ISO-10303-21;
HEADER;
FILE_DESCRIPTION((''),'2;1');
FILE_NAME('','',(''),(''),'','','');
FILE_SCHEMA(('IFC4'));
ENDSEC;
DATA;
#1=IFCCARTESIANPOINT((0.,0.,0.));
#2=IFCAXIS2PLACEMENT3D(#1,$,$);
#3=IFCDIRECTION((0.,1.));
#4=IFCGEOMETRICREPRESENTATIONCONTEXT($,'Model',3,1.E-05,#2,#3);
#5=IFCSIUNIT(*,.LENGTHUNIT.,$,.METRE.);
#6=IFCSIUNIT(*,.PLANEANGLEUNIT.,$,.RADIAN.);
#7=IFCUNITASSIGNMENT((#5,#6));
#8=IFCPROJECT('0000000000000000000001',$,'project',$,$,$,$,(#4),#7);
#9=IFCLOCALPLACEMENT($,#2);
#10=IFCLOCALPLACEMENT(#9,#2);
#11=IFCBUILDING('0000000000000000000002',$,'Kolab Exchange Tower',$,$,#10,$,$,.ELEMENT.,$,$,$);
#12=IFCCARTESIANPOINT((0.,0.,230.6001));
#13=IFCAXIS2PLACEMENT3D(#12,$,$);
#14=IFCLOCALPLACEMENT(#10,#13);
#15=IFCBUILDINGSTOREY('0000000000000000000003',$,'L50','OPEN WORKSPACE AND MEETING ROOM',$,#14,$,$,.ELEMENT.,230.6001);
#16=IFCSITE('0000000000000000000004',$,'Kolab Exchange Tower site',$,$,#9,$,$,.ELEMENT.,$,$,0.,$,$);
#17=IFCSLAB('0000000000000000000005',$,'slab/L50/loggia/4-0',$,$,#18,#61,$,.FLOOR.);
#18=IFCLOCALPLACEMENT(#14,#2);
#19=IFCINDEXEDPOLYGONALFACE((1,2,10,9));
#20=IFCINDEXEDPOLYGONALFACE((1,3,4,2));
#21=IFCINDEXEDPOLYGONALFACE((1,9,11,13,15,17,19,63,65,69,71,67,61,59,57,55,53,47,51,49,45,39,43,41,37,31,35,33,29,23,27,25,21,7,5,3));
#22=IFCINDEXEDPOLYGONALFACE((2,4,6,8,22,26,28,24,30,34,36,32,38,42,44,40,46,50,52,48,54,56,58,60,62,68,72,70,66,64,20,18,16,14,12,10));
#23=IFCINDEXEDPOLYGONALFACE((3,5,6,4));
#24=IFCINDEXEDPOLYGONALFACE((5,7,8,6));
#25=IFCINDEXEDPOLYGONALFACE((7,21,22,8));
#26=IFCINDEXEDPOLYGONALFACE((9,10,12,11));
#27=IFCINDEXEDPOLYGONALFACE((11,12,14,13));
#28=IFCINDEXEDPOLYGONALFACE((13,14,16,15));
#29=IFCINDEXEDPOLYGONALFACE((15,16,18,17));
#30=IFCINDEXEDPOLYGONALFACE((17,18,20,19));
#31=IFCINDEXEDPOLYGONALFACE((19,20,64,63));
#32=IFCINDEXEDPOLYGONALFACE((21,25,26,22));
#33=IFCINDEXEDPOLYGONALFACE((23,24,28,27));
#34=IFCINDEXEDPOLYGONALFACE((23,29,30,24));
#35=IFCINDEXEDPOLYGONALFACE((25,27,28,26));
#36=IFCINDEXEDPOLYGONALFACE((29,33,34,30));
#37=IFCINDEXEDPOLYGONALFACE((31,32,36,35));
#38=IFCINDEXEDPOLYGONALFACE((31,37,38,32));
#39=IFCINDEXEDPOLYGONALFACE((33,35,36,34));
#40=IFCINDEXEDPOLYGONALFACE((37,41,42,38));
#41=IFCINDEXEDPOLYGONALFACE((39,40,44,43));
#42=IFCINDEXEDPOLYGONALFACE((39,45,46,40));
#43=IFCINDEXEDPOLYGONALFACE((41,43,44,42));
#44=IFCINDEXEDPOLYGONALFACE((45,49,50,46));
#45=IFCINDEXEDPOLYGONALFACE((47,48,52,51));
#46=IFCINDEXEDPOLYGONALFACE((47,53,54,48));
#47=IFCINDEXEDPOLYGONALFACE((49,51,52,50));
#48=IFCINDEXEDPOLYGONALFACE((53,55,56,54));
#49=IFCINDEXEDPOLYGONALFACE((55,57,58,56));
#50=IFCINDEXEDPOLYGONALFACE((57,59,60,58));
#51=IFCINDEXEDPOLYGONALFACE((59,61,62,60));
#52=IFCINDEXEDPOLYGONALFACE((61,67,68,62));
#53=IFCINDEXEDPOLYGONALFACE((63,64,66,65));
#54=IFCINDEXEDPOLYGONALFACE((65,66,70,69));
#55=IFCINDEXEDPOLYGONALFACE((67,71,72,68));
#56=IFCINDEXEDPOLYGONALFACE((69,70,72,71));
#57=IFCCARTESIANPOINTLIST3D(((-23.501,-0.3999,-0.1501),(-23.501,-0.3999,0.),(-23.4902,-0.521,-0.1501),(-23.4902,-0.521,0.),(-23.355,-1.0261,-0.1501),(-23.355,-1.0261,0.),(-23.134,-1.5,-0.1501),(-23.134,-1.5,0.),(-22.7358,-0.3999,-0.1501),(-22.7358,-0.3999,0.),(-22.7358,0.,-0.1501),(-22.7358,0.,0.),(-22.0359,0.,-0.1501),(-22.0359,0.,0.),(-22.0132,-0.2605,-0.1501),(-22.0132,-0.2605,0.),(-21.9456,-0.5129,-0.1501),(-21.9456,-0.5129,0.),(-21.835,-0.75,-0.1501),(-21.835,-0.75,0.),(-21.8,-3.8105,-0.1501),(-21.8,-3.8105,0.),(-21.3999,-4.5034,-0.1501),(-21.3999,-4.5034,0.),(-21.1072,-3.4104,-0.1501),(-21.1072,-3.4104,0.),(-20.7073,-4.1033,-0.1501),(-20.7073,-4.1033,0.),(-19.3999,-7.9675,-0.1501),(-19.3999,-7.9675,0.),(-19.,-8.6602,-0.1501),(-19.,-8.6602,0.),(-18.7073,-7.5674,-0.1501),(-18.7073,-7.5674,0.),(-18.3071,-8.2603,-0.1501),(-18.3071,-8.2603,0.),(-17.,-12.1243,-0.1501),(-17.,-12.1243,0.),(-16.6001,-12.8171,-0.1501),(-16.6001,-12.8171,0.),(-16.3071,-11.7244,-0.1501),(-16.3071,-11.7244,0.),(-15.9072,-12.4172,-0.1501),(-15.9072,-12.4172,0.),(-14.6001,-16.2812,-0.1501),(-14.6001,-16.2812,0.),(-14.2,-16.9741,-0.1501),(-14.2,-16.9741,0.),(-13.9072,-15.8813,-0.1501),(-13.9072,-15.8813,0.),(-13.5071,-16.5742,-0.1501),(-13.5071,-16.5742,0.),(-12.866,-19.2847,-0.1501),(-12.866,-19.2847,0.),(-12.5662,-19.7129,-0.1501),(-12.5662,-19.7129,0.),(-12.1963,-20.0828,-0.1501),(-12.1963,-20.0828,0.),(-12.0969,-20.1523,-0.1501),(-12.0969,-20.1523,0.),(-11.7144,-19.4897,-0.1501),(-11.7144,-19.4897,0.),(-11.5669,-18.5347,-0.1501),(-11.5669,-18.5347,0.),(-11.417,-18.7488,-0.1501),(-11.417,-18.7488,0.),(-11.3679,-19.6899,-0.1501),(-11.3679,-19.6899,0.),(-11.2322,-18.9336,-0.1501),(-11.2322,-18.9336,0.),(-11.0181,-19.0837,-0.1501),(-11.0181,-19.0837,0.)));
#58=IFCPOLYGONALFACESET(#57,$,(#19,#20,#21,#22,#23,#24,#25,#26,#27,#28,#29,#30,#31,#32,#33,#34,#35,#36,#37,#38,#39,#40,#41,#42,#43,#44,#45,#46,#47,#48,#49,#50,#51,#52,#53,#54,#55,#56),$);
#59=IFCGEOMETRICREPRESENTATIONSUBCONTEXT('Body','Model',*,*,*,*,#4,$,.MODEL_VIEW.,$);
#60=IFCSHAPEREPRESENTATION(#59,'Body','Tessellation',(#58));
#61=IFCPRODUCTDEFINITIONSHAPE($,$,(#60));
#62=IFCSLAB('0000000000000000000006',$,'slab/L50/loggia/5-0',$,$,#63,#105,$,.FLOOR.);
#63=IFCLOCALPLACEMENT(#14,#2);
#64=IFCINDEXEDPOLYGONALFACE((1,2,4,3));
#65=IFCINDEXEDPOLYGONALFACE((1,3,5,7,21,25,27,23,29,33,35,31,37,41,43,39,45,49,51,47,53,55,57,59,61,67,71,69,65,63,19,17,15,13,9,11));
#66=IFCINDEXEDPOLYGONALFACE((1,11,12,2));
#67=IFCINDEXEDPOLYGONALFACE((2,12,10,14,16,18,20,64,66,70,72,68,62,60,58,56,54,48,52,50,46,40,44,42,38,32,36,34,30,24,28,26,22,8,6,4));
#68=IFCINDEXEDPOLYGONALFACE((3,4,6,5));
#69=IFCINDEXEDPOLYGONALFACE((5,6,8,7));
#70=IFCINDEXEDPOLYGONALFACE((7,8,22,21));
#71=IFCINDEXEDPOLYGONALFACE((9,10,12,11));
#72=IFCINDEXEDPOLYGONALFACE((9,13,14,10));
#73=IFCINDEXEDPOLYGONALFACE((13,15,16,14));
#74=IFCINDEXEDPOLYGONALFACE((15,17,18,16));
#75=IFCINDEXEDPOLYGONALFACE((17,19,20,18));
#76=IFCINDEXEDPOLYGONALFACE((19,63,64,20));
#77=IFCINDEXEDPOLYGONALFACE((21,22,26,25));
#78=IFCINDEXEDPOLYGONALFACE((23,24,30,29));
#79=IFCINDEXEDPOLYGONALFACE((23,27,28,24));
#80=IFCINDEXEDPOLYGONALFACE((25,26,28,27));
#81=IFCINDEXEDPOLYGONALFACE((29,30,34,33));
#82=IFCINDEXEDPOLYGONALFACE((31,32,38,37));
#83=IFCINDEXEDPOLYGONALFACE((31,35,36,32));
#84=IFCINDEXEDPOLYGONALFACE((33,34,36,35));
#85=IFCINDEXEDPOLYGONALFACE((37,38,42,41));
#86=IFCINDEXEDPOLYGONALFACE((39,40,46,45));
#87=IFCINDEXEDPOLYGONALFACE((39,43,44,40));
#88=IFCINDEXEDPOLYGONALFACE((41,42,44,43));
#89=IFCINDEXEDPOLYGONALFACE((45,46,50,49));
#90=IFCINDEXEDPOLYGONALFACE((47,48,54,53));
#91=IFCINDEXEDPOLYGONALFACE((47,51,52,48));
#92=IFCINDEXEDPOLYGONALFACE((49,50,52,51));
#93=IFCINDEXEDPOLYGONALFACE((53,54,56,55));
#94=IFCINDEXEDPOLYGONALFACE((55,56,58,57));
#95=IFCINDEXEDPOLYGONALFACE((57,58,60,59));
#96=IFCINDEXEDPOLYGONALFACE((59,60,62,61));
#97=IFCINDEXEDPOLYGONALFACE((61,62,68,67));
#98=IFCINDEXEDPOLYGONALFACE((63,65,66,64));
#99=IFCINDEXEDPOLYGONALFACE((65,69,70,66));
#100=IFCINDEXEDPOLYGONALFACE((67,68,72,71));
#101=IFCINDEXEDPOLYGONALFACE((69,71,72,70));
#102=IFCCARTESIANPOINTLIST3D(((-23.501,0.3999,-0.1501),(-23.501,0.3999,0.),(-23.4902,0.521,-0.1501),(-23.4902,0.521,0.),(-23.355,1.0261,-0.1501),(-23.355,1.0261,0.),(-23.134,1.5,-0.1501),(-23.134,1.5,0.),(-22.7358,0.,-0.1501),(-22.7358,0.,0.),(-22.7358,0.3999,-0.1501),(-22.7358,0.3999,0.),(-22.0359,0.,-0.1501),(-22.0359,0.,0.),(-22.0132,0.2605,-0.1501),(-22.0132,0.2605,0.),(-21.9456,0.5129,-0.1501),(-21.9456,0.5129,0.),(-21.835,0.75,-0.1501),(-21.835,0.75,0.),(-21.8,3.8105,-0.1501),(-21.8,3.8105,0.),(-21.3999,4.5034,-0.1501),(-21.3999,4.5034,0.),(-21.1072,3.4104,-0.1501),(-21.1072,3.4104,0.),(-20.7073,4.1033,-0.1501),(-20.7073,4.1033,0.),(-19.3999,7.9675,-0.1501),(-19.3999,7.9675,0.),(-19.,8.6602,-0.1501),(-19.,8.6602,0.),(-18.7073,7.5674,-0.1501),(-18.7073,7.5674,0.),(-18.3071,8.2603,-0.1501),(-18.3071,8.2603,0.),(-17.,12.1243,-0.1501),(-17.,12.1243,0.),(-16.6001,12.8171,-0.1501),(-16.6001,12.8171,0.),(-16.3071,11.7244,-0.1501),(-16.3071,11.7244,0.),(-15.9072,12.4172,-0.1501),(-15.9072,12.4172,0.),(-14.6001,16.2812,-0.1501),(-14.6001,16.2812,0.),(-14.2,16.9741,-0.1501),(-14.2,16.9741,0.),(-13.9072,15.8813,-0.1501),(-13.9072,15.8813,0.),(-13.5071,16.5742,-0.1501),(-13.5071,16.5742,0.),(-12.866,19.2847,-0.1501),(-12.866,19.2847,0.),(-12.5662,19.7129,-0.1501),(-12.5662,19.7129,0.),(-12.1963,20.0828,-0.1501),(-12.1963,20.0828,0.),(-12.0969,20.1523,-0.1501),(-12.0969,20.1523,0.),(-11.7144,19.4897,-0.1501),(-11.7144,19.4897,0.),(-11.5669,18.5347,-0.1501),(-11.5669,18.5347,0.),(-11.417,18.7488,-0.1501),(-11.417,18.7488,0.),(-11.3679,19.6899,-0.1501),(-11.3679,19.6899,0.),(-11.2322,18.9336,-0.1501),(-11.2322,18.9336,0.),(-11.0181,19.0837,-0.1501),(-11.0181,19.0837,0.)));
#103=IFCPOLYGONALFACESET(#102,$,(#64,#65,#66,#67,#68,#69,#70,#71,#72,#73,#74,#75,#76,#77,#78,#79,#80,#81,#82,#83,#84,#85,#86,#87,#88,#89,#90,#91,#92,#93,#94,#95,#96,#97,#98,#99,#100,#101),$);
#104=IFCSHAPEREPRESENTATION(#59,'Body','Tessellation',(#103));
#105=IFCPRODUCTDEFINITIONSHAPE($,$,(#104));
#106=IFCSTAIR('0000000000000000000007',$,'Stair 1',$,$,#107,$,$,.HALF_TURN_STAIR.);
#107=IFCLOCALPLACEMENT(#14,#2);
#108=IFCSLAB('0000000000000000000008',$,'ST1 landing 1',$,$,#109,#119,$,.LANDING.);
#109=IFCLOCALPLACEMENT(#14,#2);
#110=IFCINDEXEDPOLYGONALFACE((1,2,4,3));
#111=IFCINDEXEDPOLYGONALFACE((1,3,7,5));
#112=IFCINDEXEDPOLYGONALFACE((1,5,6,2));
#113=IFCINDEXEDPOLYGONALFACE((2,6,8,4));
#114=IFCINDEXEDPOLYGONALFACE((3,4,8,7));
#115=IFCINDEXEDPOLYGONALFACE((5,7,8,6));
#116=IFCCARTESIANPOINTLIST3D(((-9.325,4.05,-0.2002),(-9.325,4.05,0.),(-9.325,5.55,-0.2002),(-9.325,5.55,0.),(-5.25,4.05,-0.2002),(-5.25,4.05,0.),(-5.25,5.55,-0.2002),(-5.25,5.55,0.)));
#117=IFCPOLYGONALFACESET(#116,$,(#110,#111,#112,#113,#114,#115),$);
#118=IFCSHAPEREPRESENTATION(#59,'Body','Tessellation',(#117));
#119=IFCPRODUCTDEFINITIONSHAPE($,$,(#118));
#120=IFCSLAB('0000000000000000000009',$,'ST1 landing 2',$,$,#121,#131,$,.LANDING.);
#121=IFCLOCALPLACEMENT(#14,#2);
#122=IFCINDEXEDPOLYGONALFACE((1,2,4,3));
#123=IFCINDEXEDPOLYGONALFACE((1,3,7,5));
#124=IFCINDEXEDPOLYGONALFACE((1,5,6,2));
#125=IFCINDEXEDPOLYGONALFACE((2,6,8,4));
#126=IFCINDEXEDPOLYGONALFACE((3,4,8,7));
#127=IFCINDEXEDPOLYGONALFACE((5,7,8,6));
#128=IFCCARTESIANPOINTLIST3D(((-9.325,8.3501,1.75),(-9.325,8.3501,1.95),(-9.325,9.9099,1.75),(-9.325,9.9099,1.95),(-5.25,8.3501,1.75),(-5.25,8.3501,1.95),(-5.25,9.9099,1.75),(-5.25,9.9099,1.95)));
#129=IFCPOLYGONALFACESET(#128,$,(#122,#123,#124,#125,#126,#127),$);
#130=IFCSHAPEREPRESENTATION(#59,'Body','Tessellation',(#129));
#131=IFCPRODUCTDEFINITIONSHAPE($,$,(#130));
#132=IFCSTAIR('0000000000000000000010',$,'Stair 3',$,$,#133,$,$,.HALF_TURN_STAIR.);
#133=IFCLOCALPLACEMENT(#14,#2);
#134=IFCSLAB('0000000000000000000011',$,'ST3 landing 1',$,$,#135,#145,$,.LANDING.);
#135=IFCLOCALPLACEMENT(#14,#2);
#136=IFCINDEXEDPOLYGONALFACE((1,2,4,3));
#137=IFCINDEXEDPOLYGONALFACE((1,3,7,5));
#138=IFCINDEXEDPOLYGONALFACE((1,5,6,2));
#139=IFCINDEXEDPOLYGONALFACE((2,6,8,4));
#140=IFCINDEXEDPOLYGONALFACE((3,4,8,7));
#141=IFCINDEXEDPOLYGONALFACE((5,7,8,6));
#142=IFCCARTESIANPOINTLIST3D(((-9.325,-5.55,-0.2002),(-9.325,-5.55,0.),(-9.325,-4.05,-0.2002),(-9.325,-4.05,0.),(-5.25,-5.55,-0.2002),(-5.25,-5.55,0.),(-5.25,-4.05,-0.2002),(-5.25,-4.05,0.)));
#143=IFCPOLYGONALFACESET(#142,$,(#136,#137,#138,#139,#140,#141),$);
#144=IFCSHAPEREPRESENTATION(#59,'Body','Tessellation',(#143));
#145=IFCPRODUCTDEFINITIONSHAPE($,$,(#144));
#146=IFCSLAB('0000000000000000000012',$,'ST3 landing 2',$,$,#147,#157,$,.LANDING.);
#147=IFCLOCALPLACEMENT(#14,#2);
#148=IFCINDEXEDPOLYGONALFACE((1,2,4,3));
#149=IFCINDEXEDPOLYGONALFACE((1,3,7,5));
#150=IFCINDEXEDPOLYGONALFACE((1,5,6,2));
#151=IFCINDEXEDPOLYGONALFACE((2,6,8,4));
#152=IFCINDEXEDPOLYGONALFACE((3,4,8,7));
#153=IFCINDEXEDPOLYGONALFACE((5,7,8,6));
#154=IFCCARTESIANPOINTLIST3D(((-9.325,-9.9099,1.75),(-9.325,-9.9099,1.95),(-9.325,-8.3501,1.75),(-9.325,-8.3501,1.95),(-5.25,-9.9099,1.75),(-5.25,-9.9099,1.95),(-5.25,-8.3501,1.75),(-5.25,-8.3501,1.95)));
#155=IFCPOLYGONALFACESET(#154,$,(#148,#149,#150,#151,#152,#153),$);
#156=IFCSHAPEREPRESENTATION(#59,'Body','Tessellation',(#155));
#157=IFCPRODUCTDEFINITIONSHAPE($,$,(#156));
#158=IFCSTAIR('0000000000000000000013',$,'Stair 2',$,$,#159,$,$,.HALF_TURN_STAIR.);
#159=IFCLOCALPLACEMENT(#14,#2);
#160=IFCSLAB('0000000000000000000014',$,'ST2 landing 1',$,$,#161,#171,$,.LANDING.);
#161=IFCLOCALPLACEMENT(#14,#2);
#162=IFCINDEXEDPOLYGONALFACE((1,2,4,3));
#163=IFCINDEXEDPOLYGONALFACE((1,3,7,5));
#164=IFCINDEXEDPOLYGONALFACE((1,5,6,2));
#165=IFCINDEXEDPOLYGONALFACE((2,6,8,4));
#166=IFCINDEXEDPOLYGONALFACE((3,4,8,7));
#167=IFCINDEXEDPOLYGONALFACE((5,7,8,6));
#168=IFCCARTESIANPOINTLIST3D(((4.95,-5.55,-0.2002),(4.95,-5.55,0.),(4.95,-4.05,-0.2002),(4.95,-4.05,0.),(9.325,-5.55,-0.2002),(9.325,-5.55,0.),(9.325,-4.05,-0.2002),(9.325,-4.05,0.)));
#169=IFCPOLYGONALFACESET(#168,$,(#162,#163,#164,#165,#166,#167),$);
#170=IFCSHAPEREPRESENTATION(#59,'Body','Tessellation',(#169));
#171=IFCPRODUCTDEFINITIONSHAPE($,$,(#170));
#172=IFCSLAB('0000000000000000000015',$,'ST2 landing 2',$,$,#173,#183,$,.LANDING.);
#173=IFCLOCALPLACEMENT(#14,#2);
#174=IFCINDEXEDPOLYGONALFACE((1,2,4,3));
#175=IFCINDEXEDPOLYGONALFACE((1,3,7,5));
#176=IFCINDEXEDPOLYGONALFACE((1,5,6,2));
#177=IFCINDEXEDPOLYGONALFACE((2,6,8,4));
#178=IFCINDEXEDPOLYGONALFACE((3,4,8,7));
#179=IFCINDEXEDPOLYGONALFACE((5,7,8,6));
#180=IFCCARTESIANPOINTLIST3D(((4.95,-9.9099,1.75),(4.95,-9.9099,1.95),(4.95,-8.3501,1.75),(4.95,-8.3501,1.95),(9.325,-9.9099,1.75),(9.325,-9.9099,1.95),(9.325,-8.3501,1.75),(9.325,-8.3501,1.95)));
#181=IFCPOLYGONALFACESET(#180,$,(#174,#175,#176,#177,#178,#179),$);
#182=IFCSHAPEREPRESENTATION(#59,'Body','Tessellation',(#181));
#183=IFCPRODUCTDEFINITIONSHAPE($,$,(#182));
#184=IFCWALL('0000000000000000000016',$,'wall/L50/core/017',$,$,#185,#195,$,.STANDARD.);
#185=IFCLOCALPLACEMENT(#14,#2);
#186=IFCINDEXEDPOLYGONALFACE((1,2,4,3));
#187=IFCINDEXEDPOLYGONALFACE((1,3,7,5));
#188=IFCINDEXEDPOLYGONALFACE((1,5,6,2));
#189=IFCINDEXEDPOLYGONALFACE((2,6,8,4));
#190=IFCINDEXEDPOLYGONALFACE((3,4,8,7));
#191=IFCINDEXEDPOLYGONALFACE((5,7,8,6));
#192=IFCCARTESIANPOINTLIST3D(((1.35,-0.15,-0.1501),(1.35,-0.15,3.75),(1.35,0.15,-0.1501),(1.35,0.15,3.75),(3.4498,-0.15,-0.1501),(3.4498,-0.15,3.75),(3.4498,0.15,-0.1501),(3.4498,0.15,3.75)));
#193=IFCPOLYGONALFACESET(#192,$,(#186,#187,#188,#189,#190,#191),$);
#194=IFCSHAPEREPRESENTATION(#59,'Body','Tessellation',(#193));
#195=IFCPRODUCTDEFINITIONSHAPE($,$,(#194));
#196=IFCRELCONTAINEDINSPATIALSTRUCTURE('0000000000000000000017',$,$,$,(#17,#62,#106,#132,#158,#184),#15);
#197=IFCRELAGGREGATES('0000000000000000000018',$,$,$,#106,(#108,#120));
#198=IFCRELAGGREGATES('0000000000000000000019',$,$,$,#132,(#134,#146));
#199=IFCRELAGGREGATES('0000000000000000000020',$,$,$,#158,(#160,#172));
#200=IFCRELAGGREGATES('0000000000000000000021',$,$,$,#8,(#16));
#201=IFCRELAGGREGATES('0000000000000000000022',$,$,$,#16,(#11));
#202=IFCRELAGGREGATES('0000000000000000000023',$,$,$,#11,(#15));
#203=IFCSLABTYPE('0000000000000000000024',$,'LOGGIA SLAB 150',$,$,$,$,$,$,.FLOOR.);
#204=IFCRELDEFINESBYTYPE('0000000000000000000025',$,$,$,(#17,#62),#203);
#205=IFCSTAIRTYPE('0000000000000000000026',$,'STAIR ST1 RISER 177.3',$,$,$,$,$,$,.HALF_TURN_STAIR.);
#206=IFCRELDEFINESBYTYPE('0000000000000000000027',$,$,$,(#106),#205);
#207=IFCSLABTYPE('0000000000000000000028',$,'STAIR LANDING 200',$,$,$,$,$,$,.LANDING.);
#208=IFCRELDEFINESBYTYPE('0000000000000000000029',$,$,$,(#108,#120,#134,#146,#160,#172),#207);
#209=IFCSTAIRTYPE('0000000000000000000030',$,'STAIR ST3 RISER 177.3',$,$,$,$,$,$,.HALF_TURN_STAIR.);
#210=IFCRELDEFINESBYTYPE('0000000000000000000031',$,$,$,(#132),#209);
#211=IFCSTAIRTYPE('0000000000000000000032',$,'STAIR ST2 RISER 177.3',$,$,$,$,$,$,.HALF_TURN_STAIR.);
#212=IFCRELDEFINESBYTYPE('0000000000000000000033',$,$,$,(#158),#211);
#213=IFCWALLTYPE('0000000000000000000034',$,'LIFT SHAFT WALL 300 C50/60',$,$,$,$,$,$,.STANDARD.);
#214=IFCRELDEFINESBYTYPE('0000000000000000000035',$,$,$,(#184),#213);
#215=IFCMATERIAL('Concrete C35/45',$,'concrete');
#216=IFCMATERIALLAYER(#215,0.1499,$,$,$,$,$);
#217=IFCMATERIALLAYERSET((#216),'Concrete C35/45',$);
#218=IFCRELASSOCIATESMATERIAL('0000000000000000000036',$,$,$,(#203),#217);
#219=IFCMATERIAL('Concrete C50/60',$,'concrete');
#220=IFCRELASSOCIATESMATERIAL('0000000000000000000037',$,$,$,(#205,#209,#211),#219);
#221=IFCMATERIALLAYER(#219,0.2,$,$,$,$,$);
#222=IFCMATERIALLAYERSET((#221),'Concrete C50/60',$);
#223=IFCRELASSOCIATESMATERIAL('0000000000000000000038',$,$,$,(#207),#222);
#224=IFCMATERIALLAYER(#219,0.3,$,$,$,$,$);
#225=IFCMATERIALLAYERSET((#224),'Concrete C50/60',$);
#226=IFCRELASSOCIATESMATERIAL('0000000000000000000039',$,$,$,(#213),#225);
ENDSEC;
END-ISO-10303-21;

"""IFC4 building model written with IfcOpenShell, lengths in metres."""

from ifc_helpers import new_model, si_unit, direction, frame, frame_2d, origin, place, context, subcontext, project, spatial, polyline, rectangle, outline, extrude, material, layer, layer_set, type_object, element, aggregate, save


model = new_model("IFC4")

# Units and contexts
model_context = context("Model", 3, precision=1e-05, world=origin(), true_north=direction((0.0, 1.0)))
body_context = subcontext(model_context, "Body", "Model", "MODEL_VIEW")
ifc_project = project(units=[si_unit("LENGTHUNIT", "METRE"), si_unit("PLANEANGLEUNIT", "RADIAN")], contexts=[model_context])

# Site, building, storey
site_placement = place(None, origin())
site = spatial("IfcSite", under=ifc_project, at=site_placement, Name="Kolab Exchange Tower site", CompositionType="ELEMENT", RefElevation=0.0)
building_placement = place(site_placement, origin())
building = spatial("IfcBuilding", under=site, at=building_placement, Name="Kolab Exchange Tower", CompositionType="ELEMENT")
storey_placement = place(building_placement, frame((0.0, 0.0, 230.6001)))
storey = spatial("IfcBuildingStorey", under=building, at=storey_placement, Name="L50", Description="OPEN WORKSPACE AND MEETING ROOM", CompositionType="ELEMENT", Elevation=230.6001)

# Slabs
ifc_material_1 = material(Name="Concrete C35/45", Category="concrete")
ifc_layer_1 = layer(ifc_material_1, 0.1499)
ifc_layer_set_1 = layer_set([ifc_layer_1], Name="Concrete C35/45")
slab_type_1 = type_object("IfcSlabType", Name="LOGGIA SLAB 150", PredefinedType="FLOOR", material=ifc_layer_set_1)
slab_1_placement = place(storey_placement, frame((0.0, 0.0, -0.1501)))
element("IfcSlab", 1, at=slab_1_placement, inside=storey, type_object=slab_type_1, Name="slab/L50/loggia/4-0", PredefinedType="FLOOR", context=body_context, shape_type="SweptSolid", body=[
    extrude(outline(polyline([(-22.0359, 0.0), (-22.7358, 0.0), (-22.7358, -0.3999), (-23.501, -0.3999), (-23.4902, -0.521), (-23.355, -1.0261), (-23.134, -1.5), (-21.8, -3.8105), (-21.1072, -3.4104), (-20.7073, -4.1033), (-21.3999, -4.5034), (-19.3999, -7.9675), (-18.7073, -7.5674), (-18.3071, -8.2603), (-19.0, -8.6602), (-17.0, -12.1243), (-16.3071, -11.7244), (-15.9072, -12.4172), (-16.6001, -12.8171), (-14.6001, -16.2812), (-13.9072, -15.8813), (-13.5071, -16.5742), (-14.2, -16.9741), (-12.866, -19.2847), (-12.5662, -19.7129), (-12.1963, -20.0828), (-12.0969, -20.1523), (-11.7144, -19.4897), (-11.3679, -19.6899), (-11.0181, -19.0837), (-11.2322, -18.9336), (-11.417, -18.7488), (-11.5669, -18.5347), (-21.835, -0.75), (-21.9456, -0.5129), (-22.0132, -0.2605), (-22.0359, 0.0)])), origin(), (0.0, 0.0, 1.0), 0.1501),
])
slab_2_placement = place(storey_placement, frame((0.0, 0.0, -0.1501)))
element("IfcSlab", 2, at=slab_2_placement, inside=storey, type_object=slab_type_1, Name="slab/L50/loggia/5-0", PredefinedType="FLOOR", context=body_context, shape_type="SweptSolid", body=[
    extrude(outline(polyline([(-11.0181, 19.0837), (-11.3679, 19.6899), (-11.7144, 19.4897), (-12.0969, 20.1523), (-12.1963, 20.0828), (-12.5662, 19.7129), (-12.866, 19.2847), (-14.2, 16.9741), (-13.5071, 16.5742), (-13.9072, 15.8813), (-14.6001, 16.2812), (-16.6001, 12.8171), (-15.9072, 12.4172), (-16.3071, 11.7244), (-17.0, 12.1243), (-19.0, 8.6602), (-18.3071, 8.2603), (-18.7073, 7.5674), (-19.3999, 7.9675), (-21.3999, 4.5034), (-20.7073, 4.1033), (-21.1072, 3.4104), (-21.8, 3.8105), (-23.134, 1.5), (-23.355, 1.0261), (-23.4902, 0.521), (-23.501, 0.3999), (-22.7358, 0.3999), (-22.7358, 0.0), (-22.0359, 0.0), (-22.0132, 0.2605), (-21.9456, 0.5129), (-21.835, 0.75), (-11.5669, 18.5347), (-11.417, 18.7488), (-11.2322, 18.9336), (-11.0181, 19.0837)])), origin(), (0.0, 0.0, 1.0), 0.1501),
])

# Stairs, slabs
ifc_material_2 = material(Name="Concrete C50/60", Category="concrete")
stair_type_1 = type_object("IfcStairType", Name="STAIR ST1 RISER 177.3", PredefinedType="HALF_TURN_STAIR", material=ifc_material_2)
stair_1_placement = place(storey_placement, origin())
stair_1 = element("IfcStair", 3, at=stair_1_placement, inside=storey, type_object=stair_type_1, Name="Stair 1", PredefinedType="HALF_TURN_STAIR")
ifc_layer_2 = layer(ifc_material_2, 0.2)
ifc_layer_set_2 = layer_set([ifc_layer_2], Name="Concrete C50/60")
slab_type_2 = type_object("IfcSlabType", Name="STAIR LANDING 200", PredefinedType="LANDING", material=ifc_layer_set_2)
slab_3_placement = place(storey_placement, frame((0.0, 0.0, -0.2002)))
slab_3 = element("IfcSlab", 4, at=slab_3_placement, type_object=slab_type_2, Name="ST1 landing 1", PredefinedType="LANDING", context=body_context, shape_type="SweptSolid", body=[
    extrude(outline(polyline([(-9.325, 4.05), (-5.25, 4.05), (-5.25, 5.55), (-9.325, 5.55), (-9.325, 4.05)])), origin(), (0.0, 0.0, 1.0), 0.2002),
])
slab_4_placement = place(storey_placement, frame((0.0, 0.0, 1.75)))
slab_4 = element("IfcSlab", 5, at=slab_4_placement, type_object=slab_type_2, Name="ST1 landing 2", PredefinedType="LANDING", context=body_context, shape_type="SweptSolid", body=[
    extrude(outline(polyline([(-9.325, 8.3501), (-5.25, 8.3501), (-5.25, 9.9099), (-9.325, 9.9099), (-9.325, 8.3501)])), origin(), (0.0, 0.0, 1.0), 0.2),
])
aggregate(stair_1, [slab_3, slab_4])
stair_type_2 = type_object("IfcStairType", Name="STAIR ST3 RISER 177.3", PredefinedType="HALF_TURN_STAIR", material=ifc_material_2)
stair_2_placement = place(storey_placement, origin())
stair_2 = element("IfcStair", 6, at=stair_2_placement, inside=storey, type_object=stair_type_2, Name="Stair 3", PredefinedType="HALF_TURN_STAIR")
slab_5_placement = place(storey_placement, frame((0.0, 0.0, -0.2002)))
slab_5 = element("IfcSlab", 7, at=slab_5_placement, type_object=slab_type_2, Name="ST3 landing 1", PredefinedType="LANDING", context=body_context, shape_type="SweptSolid", body=[
    extrude(outline(polyline([(-9.325, -5.55), (-5.25, -5.55), (-5.25, -4.05), (-9.325, -4.05), (-9.325, -5.55)])), origin(), (0.0, 0.0, 1.0), 0.2002),
])
slab_6_placement = place(storey_placement, frame((0.0, 0.0, 1.75)))
slab_6 = element("IfcSlab", 8, at=slab_6_placement, type_object=slab_type_2, Name="ST3 landing 2", PredefinedType="LANDING", context=body_context, shape_type="SweptSolid", body=[
    extrude(outline(polyline([(-9.325, -9.9099), (-5.25, -9.9099), (-5.25, -8.3501), (-9.325, -8.3501), (-9.325, -9.9099)])), origin(), (0.0, 0.0, 1.0), 0.2),
])
aggregate(stair_2, [slab_5, slab_6])
stair_type_3 = type_object("IfcStairType", Name="STAIR ST2 RISER 177.3", PredefinedType="HALF_TURN_STAIR", material=ifc_material_2)
stair_3_placement = place(storey_placement, origin())
stair_3 = element("IfcStair", 9, at=stair_3_placement, inside=storey, type_object=stair_type_3, Name="Stair 2", PredefinedType="HALF_TURN_STAIR")
slab_7_placement = place(storey_placement, frame((0.0, 0.0, -0.2002)))
slab_7 = element("IfcSlab", 10, at=slab_7_placement, type_object=slab_type_2, Name="ST2 landing 1", PredefinedType="LANDING", context=body_context, shape_type="SweptSolid", body=[
    extrude(outline(polyline([(4.95, -5.55), (9.325, -5.55), (9.325, -4.05), (4.95, -4.05), (4.95, -5.55)])), origin(), (0.0, 0.0, 1.0), 0.2002),
])
slab_8_placement = place(storey_placement, frame((0.0, 0.0, 1.75)))
slab_8 = element("IfcSlab", 11, at=slab_8_placement, type_object=slab_type_2, Name="ST2 landing 2", PredefinedType="LANDING", context=body_context, shape_type="SweptSolid", body=[
    extrude(outline(polyline([(4.95, -9.9099), (9.325, -9.9099), (9.325, -8.3501), (4.95, -8.3501), (4.95, -9.9099)])), origin(), (0.0, 0.0, 1.0), 0.2),
])
aggregate(stair_3, [slab_7, slab_8])

# Wall
ifc_layer_3 = layer(ifc_material_2, 0.3)
ifc_layer_set_3 = layer_set([ifc_layer_3], Name="Concrete C50/60")
wall_type = type_object("IfcWallType", Name="LIFT SHAFT WALL 300 C50/60", PredefinedType="STANDARD", material=ifc_layer_set_3)
wall_1_placement = place(storey_placement, frame((1.3501, 0.0, -0.1501), z_axis=(0.0, 0.0, 1.0), x_axis=(1.0, 0.0, 0.0)))
element("IfcWall", 12, at=wall_1_placement, inside=storey, type_object=wall_type, Name="wall/L50/core/017", PredefinedType="STANDARD", context=body_context, shape_type="SweptSolid", body=[
    extrude(rectangle(XDim=2.0999, YDim=0.3, at=frame_2d((1.0498, 0.0))), origin(), (0.0, 0.0, 1.0), 3.9001),
])

save(model, "model.ifc")
